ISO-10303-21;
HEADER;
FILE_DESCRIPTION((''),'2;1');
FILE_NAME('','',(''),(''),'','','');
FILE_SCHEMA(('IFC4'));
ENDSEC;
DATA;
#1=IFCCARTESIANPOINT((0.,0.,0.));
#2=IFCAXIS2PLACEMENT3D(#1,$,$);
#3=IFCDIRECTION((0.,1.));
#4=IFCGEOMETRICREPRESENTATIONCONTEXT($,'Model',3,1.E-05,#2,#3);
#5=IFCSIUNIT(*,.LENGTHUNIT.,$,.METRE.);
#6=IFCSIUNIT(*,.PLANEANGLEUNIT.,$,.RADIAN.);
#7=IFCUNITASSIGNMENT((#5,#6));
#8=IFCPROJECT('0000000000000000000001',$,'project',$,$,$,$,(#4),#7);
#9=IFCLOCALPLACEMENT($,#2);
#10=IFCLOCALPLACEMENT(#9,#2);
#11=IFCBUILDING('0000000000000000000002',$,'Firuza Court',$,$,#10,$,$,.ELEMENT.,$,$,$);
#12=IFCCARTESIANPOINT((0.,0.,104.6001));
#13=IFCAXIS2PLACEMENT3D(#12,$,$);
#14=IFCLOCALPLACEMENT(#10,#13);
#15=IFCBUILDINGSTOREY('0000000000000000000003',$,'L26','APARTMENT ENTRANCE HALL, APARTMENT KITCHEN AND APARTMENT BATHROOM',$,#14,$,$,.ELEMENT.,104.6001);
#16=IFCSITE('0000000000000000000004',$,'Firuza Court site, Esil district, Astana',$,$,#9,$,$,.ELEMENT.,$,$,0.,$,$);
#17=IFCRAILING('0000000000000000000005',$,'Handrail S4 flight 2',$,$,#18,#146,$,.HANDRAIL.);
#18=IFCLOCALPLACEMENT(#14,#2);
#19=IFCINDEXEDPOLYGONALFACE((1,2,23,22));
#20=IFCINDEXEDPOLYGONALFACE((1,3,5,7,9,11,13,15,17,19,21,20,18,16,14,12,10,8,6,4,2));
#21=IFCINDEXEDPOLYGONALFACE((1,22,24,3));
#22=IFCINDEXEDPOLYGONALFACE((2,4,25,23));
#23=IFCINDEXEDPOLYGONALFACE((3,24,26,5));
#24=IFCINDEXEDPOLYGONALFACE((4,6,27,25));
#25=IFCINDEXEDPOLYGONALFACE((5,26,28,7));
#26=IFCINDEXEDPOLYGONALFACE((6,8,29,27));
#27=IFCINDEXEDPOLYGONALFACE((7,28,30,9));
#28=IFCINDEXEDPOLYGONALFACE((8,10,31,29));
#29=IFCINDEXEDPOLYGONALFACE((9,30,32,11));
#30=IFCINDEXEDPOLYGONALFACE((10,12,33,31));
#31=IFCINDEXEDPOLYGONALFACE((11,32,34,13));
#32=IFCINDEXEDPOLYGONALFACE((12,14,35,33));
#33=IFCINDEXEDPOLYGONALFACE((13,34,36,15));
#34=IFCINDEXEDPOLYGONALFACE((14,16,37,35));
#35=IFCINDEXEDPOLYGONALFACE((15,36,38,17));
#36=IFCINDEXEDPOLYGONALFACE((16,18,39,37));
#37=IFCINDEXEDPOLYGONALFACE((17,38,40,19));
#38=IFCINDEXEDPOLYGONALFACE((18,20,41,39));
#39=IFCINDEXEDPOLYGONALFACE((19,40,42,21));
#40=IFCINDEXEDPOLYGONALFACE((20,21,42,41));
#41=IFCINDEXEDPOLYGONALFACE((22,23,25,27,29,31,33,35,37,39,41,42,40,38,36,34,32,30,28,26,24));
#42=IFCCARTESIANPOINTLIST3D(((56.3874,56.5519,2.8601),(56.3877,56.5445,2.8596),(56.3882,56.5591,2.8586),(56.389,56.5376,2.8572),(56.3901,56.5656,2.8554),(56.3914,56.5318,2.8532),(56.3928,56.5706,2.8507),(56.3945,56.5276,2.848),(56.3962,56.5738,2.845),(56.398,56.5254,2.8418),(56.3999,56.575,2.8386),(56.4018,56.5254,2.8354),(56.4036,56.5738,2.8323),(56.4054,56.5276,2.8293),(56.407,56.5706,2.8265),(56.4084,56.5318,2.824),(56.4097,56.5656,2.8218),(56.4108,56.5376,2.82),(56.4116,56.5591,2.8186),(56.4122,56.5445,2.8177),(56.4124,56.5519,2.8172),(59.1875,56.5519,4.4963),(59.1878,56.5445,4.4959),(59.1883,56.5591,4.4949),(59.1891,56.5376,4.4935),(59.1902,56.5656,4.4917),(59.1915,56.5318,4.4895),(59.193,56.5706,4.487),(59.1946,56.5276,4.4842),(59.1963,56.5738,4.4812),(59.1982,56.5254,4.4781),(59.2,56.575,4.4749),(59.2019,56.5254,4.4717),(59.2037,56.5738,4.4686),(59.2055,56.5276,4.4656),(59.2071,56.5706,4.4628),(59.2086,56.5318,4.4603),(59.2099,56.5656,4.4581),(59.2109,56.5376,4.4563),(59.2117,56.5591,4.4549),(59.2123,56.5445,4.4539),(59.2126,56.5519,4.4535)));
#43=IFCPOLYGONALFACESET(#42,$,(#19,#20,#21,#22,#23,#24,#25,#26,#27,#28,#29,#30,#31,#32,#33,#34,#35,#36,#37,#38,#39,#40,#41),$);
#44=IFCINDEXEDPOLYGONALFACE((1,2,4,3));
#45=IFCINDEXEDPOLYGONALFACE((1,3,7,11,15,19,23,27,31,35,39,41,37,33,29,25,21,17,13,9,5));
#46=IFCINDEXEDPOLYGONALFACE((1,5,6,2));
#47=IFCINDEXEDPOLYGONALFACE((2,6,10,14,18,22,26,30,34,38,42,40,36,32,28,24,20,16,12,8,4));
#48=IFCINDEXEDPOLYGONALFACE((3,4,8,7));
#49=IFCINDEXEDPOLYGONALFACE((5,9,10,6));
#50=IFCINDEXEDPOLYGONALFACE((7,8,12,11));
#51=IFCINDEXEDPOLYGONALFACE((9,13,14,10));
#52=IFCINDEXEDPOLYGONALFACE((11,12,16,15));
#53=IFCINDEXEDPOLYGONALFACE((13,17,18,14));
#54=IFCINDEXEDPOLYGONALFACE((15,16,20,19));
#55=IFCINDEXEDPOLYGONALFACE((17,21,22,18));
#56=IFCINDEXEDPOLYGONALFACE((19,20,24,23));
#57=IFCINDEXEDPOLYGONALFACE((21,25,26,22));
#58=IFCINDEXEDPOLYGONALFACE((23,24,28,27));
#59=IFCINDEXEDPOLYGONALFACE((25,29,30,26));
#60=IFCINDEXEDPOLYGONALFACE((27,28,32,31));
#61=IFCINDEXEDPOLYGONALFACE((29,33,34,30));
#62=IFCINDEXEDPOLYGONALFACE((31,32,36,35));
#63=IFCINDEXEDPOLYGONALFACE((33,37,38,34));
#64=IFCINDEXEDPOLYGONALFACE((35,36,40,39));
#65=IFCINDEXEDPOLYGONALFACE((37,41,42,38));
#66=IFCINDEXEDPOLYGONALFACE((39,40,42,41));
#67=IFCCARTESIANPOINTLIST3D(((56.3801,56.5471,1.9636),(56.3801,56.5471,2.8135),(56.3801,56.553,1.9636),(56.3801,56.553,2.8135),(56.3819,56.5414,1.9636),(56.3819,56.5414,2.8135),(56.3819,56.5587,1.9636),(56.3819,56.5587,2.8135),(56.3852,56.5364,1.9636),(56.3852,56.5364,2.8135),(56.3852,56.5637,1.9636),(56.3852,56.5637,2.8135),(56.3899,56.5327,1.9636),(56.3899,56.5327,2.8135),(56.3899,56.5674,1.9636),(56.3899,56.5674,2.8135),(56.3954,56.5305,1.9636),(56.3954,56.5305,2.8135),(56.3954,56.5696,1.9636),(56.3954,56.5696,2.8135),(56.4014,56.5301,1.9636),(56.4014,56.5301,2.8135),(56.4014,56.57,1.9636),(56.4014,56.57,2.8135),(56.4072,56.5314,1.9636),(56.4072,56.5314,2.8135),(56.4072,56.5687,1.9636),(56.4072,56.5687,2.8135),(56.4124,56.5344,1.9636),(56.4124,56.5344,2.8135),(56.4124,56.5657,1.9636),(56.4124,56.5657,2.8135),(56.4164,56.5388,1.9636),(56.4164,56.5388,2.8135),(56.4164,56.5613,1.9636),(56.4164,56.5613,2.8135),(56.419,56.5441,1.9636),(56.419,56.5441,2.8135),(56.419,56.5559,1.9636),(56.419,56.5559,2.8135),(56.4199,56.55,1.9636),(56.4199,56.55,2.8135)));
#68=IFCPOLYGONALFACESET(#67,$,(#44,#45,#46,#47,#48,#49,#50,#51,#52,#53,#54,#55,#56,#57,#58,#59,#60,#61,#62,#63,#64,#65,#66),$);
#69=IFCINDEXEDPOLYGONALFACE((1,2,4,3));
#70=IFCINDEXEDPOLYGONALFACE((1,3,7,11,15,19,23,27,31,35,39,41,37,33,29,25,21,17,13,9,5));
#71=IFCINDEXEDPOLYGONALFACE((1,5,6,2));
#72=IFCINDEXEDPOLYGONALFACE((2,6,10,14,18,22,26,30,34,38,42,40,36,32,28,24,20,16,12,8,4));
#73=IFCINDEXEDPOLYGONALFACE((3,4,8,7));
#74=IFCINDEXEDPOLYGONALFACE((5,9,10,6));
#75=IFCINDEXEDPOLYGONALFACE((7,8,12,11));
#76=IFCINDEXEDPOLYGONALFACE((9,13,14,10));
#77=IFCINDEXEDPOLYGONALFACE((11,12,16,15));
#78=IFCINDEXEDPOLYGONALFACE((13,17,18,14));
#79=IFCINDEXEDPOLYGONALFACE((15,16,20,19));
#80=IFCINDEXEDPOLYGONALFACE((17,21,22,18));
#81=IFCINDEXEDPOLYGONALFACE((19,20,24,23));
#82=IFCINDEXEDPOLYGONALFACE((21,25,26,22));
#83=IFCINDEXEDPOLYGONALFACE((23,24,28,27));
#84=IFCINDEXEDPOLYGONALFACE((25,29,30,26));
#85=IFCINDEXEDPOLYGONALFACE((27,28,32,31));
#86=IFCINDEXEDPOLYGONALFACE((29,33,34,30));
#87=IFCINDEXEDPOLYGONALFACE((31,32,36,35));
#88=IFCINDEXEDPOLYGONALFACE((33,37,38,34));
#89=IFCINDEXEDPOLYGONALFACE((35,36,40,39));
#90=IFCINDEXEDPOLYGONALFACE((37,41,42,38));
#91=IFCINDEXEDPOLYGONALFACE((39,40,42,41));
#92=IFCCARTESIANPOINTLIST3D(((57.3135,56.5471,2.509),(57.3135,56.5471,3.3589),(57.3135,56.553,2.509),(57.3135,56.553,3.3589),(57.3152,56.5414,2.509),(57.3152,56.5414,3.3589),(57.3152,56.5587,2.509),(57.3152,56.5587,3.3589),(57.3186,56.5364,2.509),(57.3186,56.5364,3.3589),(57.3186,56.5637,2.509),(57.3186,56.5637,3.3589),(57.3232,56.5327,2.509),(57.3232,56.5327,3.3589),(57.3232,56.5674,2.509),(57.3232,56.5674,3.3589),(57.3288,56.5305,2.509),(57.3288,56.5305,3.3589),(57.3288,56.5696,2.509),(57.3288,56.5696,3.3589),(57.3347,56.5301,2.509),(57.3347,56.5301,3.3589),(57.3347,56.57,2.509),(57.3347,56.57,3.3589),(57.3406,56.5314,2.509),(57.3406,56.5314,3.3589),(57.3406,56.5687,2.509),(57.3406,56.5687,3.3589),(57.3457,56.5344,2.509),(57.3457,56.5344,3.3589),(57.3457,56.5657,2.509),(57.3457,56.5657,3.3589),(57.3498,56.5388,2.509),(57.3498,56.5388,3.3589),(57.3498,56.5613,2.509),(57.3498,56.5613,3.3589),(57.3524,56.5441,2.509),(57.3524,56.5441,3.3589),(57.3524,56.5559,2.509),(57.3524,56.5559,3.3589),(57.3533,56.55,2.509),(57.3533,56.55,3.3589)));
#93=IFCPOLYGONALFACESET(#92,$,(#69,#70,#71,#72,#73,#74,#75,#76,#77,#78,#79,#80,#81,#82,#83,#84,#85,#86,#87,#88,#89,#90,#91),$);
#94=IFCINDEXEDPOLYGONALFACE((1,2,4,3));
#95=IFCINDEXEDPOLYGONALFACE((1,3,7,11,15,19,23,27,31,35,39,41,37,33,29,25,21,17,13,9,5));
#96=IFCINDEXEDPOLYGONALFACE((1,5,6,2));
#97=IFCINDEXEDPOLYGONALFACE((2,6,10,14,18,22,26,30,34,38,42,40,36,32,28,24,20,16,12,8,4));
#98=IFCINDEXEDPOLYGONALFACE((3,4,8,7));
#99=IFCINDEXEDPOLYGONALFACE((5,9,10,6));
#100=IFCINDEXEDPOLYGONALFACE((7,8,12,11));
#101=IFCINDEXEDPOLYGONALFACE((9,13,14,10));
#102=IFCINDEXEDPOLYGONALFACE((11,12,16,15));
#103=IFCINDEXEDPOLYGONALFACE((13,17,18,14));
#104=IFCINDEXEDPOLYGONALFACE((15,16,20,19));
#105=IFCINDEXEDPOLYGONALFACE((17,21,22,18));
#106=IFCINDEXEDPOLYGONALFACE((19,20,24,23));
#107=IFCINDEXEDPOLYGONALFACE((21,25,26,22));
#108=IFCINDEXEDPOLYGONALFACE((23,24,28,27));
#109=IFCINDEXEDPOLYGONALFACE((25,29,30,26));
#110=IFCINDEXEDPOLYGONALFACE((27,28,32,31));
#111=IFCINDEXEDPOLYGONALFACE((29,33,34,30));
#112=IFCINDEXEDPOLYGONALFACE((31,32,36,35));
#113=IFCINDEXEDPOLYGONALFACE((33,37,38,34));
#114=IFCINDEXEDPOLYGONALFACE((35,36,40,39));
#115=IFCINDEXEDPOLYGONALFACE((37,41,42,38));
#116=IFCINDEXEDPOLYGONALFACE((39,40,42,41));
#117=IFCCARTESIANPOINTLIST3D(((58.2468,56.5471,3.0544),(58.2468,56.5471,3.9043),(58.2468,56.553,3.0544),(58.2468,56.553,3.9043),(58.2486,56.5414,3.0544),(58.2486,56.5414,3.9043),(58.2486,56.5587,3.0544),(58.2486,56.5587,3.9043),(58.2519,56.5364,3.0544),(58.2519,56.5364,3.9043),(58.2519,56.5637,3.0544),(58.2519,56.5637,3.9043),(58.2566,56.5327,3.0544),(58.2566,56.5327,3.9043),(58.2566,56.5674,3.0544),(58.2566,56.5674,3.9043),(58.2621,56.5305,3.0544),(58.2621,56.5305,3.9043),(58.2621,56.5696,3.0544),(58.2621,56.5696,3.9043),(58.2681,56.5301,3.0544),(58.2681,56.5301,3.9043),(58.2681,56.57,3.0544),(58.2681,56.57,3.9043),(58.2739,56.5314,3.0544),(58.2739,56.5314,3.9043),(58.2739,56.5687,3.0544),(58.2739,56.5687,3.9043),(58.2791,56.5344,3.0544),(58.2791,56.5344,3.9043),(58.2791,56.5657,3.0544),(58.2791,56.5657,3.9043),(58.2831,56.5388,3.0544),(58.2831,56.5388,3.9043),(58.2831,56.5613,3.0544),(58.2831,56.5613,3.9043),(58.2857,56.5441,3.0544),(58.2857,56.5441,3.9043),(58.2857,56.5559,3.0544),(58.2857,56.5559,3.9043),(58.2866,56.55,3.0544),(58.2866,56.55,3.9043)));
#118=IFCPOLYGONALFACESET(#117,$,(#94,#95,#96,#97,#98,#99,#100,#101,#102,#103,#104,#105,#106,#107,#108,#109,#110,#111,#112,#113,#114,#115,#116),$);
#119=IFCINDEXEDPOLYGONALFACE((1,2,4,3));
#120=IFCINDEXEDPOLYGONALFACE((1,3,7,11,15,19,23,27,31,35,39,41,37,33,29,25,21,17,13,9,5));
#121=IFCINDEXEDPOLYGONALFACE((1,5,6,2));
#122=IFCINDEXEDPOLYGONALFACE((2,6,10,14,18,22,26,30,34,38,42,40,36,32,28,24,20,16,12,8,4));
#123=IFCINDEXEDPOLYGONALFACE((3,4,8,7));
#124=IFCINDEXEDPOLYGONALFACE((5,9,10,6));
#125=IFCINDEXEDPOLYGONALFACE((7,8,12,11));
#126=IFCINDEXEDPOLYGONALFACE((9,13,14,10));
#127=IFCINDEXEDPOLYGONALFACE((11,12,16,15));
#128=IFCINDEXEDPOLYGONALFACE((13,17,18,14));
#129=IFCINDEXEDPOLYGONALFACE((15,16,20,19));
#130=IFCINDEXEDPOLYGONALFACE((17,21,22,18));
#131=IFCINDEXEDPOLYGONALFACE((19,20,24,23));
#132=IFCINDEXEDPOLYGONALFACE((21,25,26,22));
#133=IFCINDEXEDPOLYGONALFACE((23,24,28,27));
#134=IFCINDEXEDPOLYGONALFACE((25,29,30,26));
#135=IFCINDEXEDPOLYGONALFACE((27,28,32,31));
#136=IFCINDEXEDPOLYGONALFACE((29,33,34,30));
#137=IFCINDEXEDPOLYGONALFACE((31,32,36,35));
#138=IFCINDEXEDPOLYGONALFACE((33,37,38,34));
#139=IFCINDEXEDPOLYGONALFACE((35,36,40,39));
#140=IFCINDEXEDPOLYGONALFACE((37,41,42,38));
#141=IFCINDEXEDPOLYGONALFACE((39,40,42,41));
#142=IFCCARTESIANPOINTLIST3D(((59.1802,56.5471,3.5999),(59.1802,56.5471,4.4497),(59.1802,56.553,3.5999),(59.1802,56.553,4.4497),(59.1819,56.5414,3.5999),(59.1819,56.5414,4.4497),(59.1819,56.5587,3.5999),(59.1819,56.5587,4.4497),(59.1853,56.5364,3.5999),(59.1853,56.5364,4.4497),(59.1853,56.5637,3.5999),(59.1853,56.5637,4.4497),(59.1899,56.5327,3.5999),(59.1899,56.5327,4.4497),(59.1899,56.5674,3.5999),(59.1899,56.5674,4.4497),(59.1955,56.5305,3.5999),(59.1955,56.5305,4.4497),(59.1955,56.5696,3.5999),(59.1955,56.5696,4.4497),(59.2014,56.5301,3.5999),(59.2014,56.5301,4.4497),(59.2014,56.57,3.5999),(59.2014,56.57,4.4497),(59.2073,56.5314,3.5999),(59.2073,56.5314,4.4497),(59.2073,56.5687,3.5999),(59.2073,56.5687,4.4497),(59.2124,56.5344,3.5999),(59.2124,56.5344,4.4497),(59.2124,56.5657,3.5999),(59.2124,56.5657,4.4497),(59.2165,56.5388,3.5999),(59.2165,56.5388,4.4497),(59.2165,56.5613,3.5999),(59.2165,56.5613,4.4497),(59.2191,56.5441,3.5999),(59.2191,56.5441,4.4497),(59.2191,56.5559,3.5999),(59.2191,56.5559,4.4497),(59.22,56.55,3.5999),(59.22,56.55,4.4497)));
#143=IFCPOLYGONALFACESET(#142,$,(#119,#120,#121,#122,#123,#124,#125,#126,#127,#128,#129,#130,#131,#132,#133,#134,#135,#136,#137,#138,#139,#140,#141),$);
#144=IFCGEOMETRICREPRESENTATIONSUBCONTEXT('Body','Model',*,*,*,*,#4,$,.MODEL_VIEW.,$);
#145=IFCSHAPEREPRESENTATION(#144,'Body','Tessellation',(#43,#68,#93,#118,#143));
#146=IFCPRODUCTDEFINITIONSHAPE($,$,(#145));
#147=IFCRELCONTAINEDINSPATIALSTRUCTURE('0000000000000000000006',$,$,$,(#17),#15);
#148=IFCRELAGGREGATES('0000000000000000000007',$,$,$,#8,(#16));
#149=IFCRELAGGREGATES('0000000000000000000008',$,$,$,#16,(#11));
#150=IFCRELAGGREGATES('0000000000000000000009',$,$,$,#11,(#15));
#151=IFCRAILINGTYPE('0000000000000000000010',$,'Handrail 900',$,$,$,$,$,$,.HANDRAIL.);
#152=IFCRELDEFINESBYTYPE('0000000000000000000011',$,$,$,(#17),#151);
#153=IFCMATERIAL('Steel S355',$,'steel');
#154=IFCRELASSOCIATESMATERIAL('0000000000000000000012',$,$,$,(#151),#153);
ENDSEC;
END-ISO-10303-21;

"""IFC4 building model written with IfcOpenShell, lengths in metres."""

from ifc_helpers import new_model, si_unit, direction, frame, origin, origin_2d, place, context, subcontext, project, spatial, circle, extrude, material, type_object, element, save


model = new_model("IFC4")

# Units and contexts
model_context = context("Model", 3, precision=1e-05, world=origin(), true_north=direction((0.0, 1.0)))
body_context = subcontext(model_context, "Body", "Model", "MODEL_VIEW")
ifc_project = project(units=[si_unit("LENGTHUNIT", "METRE"), si_unit("PLANEANGLEUNIT", "RADIAN")], contexts=[model_context])

# Site, building, storey
site_placement = place(None, origin())
site = spatial("IfcSite", under=ifc_project, at=site_placement, Name="Firuza Court site, Esil district, Astana", CompositionType="ELEMENT", RefElevation=0.0)
building_placement = place(site_placement, origin())
building = spatial("IfcBuilding", under=site, at=building_placement, Name="Firuza Court", CompositionType="ELEMENT")
storey_placement = place(building_placement, frame((0.0, 0.0, 104.6001)))
storey = spatial("IfcBuildingStorey", under=building, at=storey_placement, Name="L26", Description="APARTMENT ENTRANCE HALL, APARTMENT KITCHEN AND APARTMENT BATHROOM", CompositionType="ELEMENT", Elevation=104.6001)

# Railing
ifc_material_1 = material(Name="Steel S355", Category="steel")
railing_type_1 = type_object("IfcRailingType", Name="Handrail 900", PredefinedType="HANDRAIL", material=ifc_material_1)
railing_1_placement = place(storey_placement, frame((56.3999, 56.55, 1.9636)))
element("IfcRailing", 1, at=railing_1_placement, inside=storey, type_object=railing_type_1, Name="Handrail S4 flight 2", PredefinedType="HANDRAIL", context=body_context, shape_type="SweptSolid", body=[
    extrude(circle(Radius=0.0249, at=origin_2d()), frame((0.0, 0.0, 0.875), z_axis=(0.863394, 0.0, 0.504531), x_axis=(0.0, 1.0, 0.0)), (0.0, 0.0, 1.0), 3.2432),
    extrude(circle(Radius=0.02, at=origin_2d()), origin(), (0.0, 0.0, 1.0), 0.8499),
    extrude(circle(Radius=0.02, at=origin_2d()), frame((0.9333, 0.0, 0.5454)), (0.0, 0.0, 1.0), 0.8499),
    extrude(circle(Radius=0.02, at=origin_2d()), frame((1.8667, 0.0, 1.0908)), (0.0, 0.0, 1.0), 0.8499),
    extrude(circle(Radius=0.02, at=origin_2d()), frame((2.8, 0.0, 1.6362)), (0.0, 0.0, 1.0), 0.8499),
])

save(model, "model.ifc")
